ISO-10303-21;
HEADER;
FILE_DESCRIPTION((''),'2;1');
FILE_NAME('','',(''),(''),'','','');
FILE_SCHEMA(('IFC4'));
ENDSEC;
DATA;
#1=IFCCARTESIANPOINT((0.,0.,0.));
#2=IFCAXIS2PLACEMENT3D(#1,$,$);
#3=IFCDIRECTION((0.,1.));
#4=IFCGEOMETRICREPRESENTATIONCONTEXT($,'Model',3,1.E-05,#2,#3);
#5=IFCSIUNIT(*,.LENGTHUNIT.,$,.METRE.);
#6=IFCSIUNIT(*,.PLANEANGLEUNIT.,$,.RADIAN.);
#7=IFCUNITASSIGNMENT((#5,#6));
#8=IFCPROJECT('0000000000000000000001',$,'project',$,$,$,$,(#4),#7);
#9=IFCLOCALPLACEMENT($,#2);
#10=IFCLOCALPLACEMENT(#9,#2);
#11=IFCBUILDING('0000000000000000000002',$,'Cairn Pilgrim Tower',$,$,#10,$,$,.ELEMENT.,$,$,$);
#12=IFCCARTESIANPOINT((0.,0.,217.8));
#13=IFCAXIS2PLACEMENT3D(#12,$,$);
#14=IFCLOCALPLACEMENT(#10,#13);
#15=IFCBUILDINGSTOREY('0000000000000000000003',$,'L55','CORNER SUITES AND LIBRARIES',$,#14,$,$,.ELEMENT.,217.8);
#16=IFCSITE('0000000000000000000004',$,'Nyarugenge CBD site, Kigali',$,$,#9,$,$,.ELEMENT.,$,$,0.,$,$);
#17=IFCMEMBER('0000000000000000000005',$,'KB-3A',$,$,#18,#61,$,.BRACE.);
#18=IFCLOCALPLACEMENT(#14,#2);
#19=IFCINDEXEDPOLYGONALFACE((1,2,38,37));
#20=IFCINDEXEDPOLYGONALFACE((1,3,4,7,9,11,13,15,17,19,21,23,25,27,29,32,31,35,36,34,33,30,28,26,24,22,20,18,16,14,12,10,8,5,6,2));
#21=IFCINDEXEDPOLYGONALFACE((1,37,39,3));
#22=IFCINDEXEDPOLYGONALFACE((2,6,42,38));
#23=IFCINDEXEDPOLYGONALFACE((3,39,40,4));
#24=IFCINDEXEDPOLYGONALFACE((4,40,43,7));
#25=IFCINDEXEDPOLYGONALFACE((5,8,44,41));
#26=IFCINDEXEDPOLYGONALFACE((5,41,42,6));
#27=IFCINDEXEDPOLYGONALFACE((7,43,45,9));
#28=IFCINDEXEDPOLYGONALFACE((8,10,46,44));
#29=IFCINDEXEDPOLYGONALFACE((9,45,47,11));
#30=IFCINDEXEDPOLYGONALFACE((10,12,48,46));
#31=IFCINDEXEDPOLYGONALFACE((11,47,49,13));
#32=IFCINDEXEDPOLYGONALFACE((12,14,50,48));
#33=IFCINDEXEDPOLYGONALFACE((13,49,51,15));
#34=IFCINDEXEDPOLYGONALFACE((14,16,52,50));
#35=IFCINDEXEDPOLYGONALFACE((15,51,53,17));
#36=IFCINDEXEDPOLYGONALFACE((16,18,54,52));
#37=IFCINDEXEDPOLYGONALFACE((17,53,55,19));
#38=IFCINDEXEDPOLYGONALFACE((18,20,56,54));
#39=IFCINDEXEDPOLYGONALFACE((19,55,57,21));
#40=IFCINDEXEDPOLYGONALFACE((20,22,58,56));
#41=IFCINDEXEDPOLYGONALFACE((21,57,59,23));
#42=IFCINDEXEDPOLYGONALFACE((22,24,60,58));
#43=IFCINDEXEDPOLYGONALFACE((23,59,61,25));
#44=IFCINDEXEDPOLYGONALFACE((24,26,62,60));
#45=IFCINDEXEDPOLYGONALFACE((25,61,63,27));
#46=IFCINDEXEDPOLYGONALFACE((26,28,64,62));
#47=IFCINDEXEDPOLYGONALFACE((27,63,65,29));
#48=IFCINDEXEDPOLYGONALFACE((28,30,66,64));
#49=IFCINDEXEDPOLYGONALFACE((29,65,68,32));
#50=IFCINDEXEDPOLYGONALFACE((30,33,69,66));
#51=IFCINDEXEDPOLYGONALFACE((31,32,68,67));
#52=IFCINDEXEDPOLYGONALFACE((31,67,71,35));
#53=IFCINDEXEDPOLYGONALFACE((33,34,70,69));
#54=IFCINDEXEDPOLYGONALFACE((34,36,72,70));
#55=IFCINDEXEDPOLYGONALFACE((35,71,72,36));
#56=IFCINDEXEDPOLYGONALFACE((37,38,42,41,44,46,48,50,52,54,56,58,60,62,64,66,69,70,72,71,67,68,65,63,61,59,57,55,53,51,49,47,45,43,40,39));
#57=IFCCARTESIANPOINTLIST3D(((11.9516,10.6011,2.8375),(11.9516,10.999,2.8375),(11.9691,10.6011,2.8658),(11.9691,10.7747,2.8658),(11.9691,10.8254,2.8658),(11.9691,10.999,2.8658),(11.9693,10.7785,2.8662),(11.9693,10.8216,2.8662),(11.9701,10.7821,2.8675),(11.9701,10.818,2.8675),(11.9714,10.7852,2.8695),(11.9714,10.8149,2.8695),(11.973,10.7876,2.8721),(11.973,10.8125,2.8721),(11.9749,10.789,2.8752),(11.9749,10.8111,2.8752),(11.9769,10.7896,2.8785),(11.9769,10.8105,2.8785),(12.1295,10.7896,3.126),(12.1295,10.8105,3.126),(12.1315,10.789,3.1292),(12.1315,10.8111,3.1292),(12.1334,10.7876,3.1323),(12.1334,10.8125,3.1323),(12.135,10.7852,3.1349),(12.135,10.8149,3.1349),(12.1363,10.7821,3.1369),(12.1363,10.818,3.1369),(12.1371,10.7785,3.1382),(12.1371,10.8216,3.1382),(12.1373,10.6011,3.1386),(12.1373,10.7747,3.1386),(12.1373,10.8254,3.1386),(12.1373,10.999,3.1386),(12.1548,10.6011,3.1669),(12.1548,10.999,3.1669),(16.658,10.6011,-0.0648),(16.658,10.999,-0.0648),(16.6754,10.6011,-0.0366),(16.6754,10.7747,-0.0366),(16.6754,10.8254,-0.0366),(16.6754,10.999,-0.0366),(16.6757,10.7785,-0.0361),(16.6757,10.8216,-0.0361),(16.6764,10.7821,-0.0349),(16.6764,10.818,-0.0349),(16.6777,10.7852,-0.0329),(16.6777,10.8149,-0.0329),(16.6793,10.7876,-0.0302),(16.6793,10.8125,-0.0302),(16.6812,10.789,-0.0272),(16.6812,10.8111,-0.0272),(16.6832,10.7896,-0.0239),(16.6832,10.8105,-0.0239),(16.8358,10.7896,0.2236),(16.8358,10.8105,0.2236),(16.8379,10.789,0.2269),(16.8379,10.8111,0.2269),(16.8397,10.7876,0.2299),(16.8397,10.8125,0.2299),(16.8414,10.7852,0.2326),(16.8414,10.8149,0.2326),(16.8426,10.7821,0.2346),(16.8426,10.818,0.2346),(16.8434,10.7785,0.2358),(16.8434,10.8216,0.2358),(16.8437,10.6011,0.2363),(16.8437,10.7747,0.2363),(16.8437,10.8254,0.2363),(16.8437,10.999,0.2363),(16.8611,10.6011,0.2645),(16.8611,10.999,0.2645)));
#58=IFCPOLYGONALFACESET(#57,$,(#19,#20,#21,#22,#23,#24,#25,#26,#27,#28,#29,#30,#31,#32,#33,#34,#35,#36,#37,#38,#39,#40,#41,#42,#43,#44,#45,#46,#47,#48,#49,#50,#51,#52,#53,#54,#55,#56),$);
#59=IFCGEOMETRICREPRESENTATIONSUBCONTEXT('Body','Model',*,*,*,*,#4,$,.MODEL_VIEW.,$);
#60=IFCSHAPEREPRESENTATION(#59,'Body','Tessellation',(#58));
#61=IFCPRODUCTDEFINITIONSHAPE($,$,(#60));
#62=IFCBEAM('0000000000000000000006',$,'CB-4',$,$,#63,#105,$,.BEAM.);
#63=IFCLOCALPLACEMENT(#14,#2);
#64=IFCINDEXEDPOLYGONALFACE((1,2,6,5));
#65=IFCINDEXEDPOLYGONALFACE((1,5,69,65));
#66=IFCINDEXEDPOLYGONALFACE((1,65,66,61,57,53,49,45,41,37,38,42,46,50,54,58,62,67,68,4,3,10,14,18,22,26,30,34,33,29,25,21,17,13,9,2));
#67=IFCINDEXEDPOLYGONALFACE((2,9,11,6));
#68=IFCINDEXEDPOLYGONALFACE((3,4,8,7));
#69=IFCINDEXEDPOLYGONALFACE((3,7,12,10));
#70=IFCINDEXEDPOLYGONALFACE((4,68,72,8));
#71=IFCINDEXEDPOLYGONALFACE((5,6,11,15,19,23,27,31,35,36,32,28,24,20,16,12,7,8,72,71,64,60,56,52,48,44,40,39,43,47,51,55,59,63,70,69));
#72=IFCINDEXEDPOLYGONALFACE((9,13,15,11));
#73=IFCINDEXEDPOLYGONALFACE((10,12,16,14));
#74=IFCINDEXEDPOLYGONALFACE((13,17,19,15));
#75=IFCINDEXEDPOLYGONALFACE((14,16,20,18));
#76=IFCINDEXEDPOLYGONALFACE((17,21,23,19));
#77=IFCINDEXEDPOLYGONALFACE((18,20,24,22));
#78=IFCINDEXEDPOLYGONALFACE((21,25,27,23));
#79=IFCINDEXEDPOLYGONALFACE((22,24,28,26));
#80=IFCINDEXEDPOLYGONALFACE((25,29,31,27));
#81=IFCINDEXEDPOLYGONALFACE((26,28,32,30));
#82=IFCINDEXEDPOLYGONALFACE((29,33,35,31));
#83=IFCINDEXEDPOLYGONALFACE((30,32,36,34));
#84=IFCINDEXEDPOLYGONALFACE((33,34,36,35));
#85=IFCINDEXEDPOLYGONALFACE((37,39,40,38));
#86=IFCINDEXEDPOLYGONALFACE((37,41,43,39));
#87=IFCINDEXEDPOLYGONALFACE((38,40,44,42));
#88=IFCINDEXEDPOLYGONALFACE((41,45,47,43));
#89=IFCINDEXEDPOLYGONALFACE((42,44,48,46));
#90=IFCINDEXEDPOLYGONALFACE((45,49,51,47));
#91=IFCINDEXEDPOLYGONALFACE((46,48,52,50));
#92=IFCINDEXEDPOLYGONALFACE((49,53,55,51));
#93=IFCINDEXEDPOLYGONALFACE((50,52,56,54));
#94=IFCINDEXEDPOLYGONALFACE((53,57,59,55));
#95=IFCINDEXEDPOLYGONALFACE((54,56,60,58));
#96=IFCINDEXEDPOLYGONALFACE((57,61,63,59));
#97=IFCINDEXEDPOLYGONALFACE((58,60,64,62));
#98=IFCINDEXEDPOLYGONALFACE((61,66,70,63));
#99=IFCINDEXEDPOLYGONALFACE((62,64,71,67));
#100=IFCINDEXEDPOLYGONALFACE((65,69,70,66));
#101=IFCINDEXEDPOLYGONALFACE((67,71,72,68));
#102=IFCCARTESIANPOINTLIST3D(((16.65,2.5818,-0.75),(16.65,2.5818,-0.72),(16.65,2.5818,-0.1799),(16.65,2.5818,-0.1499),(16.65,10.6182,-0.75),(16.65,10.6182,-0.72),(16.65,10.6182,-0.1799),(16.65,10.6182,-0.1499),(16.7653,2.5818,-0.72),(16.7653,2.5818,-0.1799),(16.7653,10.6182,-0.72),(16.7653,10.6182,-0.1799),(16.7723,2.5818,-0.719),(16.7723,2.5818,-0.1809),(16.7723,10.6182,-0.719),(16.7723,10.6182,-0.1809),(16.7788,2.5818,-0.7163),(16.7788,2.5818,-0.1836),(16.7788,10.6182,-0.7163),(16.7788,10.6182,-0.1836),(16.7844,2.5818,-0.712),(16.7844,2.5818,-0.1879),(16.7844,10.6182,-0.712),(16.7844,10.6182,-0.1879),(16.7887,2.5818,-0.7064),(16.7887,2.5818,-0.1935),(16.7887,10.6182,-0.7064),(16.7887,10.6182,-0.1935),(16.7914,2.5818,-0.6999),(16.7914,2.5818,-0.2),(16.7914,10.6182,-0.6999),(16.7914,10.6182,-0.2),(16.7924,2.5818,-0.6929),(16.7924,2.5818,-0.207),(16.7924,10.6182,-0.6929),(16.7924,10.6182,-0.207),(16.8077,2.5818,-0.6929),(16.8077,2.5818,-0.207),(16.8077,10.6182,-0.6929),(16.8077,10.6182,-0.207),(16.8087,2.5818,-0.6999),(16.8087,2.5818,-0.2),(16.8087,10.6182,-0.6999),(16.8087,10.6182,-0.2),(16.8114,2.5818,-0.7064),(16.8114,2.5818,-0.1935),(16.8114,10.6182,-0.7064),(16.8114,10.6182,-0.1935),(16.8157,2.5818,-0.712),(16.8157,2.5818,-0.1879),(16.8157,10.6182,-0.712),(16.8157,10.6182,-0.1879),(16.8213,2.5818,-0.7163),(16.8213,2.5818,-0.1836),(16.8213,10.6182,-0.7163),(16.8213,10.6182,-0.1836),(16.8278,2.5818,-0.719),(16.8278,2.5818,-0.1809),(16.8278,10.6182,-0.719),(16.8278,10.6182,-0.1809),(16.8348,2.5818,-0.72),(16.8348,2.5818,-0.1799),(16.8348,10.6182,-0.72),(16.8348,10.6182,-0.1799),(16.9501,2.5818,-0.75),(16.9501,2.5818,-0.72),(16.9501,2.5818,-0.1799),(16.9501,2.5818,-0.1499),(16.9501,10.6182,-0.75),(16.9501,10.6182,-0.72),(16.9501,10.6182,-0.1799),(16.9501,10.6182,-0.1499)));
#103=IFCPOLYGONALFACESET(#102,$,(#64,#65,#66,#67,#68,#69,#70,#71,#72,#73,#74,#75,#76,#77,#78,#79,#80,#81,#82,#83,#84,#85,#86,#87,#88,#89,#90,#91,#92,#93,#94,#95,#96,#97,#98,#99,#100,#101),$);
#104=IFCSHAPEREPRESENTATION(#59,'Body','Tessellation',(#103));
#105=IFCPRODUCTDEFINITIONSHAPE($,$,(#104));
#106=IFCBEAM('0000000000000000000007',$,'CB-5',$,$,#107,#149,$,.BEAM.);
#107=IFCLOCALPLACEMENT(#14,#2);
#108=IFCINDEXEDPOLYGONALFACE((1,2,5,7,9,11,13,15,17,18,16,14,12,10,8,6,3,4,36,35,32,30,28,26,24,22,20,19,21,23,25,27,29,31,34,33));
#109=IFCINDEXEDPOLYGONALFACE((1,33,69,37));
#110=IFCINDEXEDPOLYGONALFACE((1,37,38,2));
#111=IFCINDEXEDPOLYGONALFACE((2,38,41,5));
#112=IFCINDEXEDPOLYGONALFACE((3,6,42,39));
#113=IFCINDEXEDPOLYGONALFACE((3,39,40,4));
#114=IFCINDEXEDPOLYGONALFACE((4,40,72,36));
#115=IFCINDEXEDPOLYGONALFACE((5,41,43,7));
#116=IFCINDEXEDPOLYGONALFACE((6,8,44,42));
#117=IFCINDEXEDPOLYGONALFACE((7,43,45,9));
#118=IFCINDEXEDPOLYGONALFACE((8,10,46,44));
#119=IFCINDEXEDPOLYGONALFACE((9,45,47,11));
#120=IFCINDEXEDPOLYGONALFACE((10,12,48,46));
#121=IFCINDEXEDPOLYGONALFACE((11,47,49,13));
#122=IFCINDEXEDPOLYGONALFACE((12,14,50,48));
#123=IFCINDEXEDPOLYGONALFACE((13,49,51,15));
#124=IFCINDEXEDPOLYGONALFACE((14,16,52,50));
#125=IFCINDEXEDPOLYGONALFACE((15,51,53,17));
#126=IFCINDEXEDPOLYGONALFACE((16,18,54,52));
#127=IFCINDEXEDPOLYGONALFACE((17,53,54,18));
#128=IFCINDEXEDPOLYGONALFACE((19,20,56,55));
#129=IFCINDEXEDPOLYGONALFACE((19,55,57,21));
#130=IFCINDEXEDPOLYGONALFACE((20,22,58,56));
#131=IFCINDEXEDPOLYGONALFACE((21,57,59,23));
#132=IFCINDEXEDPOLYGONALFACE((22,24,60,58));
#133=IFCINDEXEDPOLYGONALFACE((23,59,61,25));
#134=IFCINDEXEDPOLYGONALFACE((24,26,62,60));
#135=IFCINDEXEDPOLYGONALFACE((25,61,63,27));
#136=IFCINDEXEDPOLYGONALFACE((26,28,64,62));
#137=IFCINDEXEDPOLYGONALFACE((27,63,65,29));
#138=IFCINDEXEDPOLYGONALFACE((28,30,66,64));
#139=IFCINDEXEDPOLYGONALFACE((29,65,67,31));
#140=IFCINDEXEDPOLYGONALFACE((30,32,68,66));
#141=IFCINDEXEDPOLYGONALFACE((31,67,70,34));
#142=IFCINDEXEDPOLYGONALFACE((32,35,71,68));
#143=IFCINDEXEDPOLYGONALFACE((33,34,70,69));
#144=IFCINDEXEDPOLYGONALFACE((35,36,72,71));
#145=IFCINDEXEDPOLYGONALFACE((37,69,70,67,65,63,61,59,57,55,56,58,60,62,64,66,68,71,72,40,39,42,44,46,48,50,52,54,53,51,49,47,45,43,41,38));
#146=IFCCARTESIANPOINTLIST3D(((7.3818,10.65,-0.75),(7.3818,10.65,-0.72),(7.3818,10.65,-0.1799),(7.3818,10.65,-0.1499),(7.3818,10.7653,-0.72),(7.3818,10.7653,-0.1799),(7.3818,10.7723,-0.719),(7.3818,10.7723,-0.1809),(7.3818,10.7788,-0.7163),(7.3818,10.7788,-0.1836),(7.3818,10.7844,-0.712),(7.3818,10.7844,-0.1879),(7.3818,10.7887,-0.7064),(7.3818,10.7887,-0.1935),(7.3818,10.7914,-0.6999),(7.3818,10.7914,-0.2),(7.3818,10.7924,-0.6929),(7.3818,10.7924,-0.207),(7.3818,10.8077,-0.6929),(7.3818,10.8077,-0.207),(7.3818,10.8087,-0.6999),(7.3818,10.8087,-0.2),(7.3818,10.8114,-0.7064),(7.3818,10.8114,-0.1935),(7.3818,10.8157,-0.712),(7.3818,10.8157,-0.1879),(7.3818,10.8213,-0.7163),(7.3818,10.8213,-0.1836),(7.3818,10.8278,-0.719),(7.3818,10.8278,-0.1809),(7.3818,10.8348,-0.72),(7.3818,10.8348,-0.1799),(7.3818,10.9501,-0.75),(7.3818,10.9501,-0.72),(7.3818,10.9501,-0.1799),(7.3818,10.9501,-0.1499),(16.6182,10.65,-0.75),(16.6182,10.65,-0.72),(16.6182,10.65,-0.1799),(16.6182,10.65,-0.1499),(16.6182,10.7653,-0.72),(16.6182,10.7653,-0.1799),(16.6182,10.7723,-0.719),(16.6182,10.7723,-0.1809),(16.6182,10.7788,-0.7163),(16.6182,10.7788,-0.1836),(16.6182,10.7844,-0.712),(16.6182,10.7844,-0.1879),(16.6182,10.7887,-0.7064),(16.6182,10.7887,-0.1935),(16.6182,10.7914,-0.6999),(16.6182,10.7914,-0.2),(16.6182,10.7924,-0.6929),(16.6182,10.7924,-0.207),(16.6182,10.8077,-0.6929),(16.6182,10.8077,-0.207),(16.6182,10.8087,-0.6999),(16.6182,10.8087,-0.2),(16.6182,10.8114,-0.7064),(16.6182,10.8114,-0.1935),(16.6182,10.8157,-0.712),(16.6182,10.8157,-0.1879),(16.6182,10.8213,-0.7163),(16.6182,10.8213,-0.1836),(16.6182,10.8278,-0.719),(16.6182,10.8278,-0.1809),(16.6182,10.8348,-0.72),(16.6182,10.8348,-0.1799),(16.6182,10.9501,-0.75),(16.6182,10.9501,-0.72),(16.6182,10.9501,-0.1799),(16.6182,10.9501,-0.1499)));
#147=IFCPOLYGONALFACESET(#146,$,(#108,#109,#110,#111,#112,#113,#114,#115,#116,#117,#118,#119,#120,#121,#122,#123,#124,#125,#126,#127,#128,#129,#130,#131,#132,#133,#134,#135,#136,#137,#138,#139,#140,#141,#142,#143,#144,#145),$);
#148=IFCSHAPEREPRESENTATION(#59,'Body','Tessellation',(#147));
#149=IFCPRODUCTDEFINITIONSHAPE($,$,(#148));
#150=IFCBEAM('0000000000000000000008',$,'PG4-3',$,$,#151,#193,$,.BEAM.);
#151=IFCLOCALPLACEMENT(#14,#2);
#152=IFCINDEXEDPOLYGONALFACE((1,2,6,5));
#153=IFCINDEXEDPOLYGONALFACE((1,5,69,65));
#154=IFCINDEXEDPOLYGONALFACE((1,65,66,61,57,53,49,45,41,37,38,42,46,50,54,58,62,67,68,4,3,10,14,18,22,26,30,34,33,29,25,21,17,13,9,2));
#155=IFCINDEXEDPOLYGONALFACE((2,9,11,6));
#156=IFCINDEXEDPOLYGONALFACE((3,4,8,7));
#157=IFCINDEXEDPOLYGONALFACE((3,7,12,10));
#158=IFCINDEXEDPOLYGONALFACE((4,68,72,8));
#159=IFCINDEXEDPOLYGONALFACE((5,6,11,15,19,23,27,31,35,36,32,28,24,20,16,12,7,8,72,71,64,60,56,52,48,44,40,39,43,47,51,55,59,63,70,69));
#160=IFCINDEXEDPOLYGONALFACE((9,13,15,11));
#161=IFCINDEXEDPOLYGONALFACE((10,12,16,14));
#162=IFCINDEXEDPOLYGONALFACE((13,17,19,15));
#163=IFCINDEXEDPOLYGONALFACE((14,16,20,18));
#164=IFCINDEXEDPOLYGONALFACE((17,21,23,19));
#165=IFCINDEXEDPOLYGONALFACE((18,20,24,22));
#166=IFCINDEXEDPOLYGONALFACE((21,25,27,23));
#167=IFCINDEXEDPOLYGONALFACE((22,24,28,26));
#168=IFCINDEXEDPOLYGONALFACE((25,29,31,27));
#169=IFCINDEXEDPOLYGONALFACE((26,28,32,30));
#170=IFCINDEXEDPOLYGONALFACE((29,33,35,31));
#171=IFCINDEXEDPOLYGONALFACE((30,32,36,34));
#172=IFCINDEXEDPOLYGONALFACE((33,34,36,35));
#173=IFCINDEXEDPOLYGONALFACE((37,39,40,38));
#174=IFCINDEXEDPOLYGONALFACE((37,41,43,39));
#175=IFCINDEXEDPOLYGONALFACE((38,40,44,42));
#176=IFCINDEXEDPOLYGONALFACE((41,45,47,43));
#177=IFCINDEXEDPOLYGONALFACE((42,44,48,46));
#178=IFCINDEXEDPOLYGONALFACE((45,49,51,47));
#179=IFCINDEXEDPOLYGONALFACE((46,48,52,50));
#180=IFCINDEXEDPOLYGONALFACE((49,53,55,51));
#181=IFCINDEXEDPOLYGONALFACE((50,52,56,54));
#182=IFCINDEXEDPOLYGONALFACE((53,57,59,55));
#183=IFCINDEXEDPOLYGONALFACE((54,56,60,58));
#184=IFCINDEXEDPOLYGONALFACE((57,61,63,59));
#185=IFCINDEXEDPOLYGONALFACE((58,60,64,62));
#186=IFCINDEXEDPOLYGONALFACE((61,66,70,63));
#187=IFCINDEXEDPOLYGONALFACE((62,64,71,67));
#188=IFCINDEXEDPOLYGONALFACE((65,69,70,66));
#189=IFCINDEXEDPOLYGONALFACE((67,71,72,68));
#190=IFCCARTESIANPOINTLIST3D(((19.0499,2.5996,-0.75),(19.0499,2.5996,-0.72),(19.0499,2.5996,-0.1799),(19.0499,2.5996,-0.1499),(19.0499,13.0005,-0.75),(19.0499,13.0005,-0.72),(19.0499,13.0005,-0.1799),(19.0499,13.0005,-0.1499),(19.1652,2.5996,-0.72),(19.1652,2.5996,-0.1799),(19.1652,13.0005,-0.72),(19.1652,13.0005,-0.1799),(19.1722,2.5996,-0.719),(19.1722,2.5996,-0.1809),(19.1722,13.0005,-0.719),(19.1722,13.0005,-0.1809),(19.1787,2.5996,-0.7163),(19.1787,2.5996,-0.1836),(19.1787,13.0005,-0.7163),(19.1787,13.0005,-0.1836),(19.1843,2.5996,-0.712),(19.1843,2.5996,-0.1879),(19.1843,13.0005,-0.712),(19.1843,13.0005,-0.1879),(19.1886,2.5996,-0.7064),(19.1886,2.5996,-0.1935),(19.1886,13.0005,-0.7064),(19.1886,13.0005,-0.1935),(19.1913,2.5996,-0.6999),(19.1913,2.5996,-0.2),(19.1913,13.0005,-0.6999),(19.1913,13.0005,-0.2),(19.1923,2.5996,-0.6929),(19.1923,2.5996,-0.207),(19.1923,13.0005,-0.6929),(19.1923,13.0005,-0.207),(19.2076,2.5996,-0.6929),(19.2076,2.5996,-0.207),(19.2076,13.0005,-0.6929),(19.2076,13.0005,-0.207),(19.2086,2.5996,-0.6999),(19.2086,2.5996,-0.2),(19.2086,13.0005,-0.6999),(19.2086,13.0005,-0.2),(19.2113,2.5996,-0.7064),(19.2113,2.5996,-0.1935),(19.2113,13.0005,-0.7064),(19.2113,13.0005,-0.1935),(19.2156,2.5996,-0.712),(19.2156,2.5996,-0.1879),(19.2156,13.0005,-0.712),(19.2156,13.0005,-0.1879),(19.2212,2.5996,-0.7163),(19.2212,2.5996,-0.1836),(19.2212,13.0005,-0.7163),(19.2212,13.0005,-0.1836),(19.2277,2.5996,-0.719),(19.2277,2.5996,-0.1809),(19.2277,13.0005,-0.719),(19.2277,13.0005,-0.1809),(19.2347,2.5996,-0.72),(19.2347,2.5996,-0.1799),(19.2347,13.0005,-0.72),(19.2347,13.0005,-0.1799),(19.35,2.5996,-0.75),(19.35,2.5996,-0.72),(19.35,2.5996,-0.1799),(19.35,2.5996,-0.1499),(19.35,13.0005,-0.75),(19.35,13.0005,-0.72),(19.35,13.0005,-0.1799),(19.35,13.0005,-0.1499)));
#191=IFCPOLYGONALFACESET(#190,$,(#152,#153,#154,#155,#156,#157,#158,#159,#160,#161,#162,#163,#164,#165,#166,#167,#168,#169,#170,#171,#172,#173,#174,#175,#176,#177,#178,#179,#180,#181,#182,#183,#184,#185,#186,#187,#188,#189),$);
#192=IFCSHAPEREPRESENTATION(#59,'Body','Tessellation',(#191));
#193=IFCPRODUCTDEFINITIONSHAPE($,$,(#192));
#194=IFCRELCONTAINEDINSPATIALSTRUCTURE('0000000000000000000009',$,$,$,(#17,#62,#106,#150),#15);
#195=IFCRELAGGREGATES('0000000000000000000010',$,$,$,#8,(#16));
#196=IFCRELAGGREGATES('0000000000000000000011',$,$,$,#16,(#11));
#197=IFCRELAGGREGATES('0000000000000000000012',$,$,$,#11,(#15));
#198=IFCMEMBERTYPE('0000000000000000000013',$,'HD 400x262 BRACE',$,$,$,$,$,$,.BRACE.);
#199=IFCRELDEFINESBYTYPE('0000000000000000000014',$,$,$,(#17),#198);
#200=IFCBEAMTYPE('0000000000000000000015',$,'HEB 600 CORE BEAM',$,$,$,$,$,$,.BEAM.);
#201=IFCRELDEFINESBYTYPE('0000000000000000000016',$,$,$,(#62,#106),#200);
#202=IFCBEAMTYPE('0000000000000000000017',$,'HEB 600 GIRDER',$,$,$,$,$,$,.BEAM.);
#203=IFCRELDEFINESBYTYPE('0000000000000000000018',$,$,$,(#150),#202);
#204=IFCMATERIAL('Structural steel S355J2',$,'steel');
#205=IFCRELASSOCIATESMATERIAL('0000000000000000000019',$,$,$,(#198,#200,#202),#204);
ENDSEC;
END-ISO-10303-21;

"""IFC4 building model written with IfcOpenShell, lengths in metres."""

from ifc_helpers import new_model, si_unit, direction, frame, origin, origin_2d, place, context, subcontext, project, spatial, i_section, extrude, material, material_profile, profile_set, type_object, element, save


model = new_model("IFC4")

# Units and contexts
model_context = context("Model", 3, precision=1e-05, world=origin(), true_north=direction((0.0, 1.0)))
body_context = subcontext(model_context, "Body", "Model", "MODEL_VIEW")
ifc_project = project(units=[si_unit("LENGTHUNIT", "METRE"), si_unit("PLANEANGLEUNIT", "RADIAN")], contexts=[model_context])

# Site, building, storey
site_placement = place(None, origin())
site = spatial("IfcSite", under=ifc_project, at=site_placement, Name="Nyarugenge CBD site, Kigali", CompositionType="ELEMENT", RefElevation=0.0)
building_placement = place(site_placement, origin())
building = spatial("IfcBuilding", under=site, at=building_placement, Name="Cairn Pilgrim Tower", CompositionType="ELEMENT")
storey_placement = place(building_placement, frame((0.0, 0.0, 217.8)))
storey = spatial("IfcBuildingStorey", under=building, at=storey_placement, Name="L55", Description="CORNER SUITES AND LIBRARIES", CompositionType="ELEMENT", Elevation=217.8)

# Shared definitions
ifc_material_1 = material(Name="Structural steel S355J2", Category="steel")

# Member
ifc_material_profile_1 = material_profile(ifc_material_1, i_section(OverallWidth=0.3979, OverallDepth=0.387, WebThickness=0.021, FlangeThickness=0.0332, FilletRadius=0.0149, at=origin_2d()), Name="HD 400x262")
ifc_profile_set_1 = profile_set([ifc_material_profile_1], Name="Structural steel S355J2")
member_type = type_object("IfcMemberType", Name="HD 400x262 BRACE", PredefinedType="BRACE", material=ifc_profile_set_1)
member_1_placement = place(storey_placement, frame((16.7595, 10.8, 0.0999), z_axis=(-0.851161, 0.0, 0.524905), x_axis=(0.0, -1.0, 0.0)))
element("IfcMember", 1, at=member_1_placement, inside=storey, type_object=member_type, Name="KB-3A", PredefinedType="BRACE", context=body_context, shape_type="SweptSolid", body=[
    extrude(i_section(OverallWidth=0.3979, OverallDepth=0.387, WebThickness=0.021, FlangeThickness=0.0332, FilletRadius=0.0149, at=origin_2d()), origin(), (0.0, 0.0, 1.0), 5.5293),
])

# Beams
ifc_material_profile_2 = material_profile(ifc_material_1, i_section(OverallWidth=0.3, OverallDepth=0.6001, WebThickness=0.0154, FlangeThickness=0.03, FilletRadius=0.0271, at=origin_2d()), Name="HEB 600")
ifc_profile_set_2 = profile_set([ifc_material_profile_2], Name="Structural steel S355J2")
beam_type_1 = type_object("IfcBeamType", Name="HEB 600 CORE BEAM", PredefinedType="BEAM", material=ifc_profile_set_2)
beam_1_placement = place(storey_placement, frame((16.8, 2.5818, -0.45), z_axis=(0.0, 1.0, 0.0), x_axis=(-1.0, 0.0, 0.0)))
element("IfcBeam", 2, at=beam_1_placement, inside=storey, type_object=beam_type_1, Name="CB-4", PredefinedType="BEAM", context=body_context, shape_type="SweptSolid", body=[
    extrude(i_section(OverallWidth=0.3, OverallDepth=0.6001, WebThickness=0.0154, FlangeThickness=0.03, FilletRadius=0.0271, at=origin_2d()), origin(), (0.0, 0.0, 1.0), 8.0364),
])
beam_2_placement = place(storey_placement, frame((16.6182, 10.8, -0.45), z_axis=(-1.0, 0.0, 0.0), x_axis=(0.0, -1.0, 0.0)))
element("IfcBeam", 3, at=beam_2_placement, inside=storey, type_object=beam_type_1, Name="CB-5", PredefinedType="BEAM", context=body_context, shape_type="SweptSolid", body=[
    extrude(i_section(OverallWidth=0.3, OverallDepth=0.6001, WebThickness=0.0154, FlangeThickness=0.03, FilletRadius=0.0271, at=origin_2d()), origin(), (0.0, 0.0, 1.0), 9.2363),
])
ifc_material_profile_3 = material_profile(ifc_material_1, i_section(OverallWidth=0.3, OverallDepth=0.6001, WebThickness=0.0154, FlangeThickness=0.03, FilletRadius=0.0271, at=origin_2d()), Name="HEB 600")
ifc_profile_set_3 = profile_set([ifc_material_profile_3], Name="Structural steel S355J2")
beam_type_2 = type_object("IfcBeamType", Name="HEB 600 GIRDER", PredefinedType="BEAM", material=ifc_profile_set_3)
beam_3_placement = place(storey_placement, frame((19.2, 2.5996, -0.45), z_axis=(0.0, 1.0, 0.0), x_axis=(-1.0, 0.0, 0.0)))
element("IfcBeam", 4, at=beam_3_placement, inside=storey, type_object=beam_type_2, Name="PG4-3", PredefinedType="BEAM", context=body_context, shape_type="SweptSolid", body=[
    extrude(i_section(OverallWidth=0.3, OverallDepth=0.6001, WebThickness=0.0154, FlangeThickness=0.03, FilletRadius=0.0271, at=origin_2d()), origin(), (0.0, 0.0, 1.0), 10.4009),
])

save(model, "model.ifc")
